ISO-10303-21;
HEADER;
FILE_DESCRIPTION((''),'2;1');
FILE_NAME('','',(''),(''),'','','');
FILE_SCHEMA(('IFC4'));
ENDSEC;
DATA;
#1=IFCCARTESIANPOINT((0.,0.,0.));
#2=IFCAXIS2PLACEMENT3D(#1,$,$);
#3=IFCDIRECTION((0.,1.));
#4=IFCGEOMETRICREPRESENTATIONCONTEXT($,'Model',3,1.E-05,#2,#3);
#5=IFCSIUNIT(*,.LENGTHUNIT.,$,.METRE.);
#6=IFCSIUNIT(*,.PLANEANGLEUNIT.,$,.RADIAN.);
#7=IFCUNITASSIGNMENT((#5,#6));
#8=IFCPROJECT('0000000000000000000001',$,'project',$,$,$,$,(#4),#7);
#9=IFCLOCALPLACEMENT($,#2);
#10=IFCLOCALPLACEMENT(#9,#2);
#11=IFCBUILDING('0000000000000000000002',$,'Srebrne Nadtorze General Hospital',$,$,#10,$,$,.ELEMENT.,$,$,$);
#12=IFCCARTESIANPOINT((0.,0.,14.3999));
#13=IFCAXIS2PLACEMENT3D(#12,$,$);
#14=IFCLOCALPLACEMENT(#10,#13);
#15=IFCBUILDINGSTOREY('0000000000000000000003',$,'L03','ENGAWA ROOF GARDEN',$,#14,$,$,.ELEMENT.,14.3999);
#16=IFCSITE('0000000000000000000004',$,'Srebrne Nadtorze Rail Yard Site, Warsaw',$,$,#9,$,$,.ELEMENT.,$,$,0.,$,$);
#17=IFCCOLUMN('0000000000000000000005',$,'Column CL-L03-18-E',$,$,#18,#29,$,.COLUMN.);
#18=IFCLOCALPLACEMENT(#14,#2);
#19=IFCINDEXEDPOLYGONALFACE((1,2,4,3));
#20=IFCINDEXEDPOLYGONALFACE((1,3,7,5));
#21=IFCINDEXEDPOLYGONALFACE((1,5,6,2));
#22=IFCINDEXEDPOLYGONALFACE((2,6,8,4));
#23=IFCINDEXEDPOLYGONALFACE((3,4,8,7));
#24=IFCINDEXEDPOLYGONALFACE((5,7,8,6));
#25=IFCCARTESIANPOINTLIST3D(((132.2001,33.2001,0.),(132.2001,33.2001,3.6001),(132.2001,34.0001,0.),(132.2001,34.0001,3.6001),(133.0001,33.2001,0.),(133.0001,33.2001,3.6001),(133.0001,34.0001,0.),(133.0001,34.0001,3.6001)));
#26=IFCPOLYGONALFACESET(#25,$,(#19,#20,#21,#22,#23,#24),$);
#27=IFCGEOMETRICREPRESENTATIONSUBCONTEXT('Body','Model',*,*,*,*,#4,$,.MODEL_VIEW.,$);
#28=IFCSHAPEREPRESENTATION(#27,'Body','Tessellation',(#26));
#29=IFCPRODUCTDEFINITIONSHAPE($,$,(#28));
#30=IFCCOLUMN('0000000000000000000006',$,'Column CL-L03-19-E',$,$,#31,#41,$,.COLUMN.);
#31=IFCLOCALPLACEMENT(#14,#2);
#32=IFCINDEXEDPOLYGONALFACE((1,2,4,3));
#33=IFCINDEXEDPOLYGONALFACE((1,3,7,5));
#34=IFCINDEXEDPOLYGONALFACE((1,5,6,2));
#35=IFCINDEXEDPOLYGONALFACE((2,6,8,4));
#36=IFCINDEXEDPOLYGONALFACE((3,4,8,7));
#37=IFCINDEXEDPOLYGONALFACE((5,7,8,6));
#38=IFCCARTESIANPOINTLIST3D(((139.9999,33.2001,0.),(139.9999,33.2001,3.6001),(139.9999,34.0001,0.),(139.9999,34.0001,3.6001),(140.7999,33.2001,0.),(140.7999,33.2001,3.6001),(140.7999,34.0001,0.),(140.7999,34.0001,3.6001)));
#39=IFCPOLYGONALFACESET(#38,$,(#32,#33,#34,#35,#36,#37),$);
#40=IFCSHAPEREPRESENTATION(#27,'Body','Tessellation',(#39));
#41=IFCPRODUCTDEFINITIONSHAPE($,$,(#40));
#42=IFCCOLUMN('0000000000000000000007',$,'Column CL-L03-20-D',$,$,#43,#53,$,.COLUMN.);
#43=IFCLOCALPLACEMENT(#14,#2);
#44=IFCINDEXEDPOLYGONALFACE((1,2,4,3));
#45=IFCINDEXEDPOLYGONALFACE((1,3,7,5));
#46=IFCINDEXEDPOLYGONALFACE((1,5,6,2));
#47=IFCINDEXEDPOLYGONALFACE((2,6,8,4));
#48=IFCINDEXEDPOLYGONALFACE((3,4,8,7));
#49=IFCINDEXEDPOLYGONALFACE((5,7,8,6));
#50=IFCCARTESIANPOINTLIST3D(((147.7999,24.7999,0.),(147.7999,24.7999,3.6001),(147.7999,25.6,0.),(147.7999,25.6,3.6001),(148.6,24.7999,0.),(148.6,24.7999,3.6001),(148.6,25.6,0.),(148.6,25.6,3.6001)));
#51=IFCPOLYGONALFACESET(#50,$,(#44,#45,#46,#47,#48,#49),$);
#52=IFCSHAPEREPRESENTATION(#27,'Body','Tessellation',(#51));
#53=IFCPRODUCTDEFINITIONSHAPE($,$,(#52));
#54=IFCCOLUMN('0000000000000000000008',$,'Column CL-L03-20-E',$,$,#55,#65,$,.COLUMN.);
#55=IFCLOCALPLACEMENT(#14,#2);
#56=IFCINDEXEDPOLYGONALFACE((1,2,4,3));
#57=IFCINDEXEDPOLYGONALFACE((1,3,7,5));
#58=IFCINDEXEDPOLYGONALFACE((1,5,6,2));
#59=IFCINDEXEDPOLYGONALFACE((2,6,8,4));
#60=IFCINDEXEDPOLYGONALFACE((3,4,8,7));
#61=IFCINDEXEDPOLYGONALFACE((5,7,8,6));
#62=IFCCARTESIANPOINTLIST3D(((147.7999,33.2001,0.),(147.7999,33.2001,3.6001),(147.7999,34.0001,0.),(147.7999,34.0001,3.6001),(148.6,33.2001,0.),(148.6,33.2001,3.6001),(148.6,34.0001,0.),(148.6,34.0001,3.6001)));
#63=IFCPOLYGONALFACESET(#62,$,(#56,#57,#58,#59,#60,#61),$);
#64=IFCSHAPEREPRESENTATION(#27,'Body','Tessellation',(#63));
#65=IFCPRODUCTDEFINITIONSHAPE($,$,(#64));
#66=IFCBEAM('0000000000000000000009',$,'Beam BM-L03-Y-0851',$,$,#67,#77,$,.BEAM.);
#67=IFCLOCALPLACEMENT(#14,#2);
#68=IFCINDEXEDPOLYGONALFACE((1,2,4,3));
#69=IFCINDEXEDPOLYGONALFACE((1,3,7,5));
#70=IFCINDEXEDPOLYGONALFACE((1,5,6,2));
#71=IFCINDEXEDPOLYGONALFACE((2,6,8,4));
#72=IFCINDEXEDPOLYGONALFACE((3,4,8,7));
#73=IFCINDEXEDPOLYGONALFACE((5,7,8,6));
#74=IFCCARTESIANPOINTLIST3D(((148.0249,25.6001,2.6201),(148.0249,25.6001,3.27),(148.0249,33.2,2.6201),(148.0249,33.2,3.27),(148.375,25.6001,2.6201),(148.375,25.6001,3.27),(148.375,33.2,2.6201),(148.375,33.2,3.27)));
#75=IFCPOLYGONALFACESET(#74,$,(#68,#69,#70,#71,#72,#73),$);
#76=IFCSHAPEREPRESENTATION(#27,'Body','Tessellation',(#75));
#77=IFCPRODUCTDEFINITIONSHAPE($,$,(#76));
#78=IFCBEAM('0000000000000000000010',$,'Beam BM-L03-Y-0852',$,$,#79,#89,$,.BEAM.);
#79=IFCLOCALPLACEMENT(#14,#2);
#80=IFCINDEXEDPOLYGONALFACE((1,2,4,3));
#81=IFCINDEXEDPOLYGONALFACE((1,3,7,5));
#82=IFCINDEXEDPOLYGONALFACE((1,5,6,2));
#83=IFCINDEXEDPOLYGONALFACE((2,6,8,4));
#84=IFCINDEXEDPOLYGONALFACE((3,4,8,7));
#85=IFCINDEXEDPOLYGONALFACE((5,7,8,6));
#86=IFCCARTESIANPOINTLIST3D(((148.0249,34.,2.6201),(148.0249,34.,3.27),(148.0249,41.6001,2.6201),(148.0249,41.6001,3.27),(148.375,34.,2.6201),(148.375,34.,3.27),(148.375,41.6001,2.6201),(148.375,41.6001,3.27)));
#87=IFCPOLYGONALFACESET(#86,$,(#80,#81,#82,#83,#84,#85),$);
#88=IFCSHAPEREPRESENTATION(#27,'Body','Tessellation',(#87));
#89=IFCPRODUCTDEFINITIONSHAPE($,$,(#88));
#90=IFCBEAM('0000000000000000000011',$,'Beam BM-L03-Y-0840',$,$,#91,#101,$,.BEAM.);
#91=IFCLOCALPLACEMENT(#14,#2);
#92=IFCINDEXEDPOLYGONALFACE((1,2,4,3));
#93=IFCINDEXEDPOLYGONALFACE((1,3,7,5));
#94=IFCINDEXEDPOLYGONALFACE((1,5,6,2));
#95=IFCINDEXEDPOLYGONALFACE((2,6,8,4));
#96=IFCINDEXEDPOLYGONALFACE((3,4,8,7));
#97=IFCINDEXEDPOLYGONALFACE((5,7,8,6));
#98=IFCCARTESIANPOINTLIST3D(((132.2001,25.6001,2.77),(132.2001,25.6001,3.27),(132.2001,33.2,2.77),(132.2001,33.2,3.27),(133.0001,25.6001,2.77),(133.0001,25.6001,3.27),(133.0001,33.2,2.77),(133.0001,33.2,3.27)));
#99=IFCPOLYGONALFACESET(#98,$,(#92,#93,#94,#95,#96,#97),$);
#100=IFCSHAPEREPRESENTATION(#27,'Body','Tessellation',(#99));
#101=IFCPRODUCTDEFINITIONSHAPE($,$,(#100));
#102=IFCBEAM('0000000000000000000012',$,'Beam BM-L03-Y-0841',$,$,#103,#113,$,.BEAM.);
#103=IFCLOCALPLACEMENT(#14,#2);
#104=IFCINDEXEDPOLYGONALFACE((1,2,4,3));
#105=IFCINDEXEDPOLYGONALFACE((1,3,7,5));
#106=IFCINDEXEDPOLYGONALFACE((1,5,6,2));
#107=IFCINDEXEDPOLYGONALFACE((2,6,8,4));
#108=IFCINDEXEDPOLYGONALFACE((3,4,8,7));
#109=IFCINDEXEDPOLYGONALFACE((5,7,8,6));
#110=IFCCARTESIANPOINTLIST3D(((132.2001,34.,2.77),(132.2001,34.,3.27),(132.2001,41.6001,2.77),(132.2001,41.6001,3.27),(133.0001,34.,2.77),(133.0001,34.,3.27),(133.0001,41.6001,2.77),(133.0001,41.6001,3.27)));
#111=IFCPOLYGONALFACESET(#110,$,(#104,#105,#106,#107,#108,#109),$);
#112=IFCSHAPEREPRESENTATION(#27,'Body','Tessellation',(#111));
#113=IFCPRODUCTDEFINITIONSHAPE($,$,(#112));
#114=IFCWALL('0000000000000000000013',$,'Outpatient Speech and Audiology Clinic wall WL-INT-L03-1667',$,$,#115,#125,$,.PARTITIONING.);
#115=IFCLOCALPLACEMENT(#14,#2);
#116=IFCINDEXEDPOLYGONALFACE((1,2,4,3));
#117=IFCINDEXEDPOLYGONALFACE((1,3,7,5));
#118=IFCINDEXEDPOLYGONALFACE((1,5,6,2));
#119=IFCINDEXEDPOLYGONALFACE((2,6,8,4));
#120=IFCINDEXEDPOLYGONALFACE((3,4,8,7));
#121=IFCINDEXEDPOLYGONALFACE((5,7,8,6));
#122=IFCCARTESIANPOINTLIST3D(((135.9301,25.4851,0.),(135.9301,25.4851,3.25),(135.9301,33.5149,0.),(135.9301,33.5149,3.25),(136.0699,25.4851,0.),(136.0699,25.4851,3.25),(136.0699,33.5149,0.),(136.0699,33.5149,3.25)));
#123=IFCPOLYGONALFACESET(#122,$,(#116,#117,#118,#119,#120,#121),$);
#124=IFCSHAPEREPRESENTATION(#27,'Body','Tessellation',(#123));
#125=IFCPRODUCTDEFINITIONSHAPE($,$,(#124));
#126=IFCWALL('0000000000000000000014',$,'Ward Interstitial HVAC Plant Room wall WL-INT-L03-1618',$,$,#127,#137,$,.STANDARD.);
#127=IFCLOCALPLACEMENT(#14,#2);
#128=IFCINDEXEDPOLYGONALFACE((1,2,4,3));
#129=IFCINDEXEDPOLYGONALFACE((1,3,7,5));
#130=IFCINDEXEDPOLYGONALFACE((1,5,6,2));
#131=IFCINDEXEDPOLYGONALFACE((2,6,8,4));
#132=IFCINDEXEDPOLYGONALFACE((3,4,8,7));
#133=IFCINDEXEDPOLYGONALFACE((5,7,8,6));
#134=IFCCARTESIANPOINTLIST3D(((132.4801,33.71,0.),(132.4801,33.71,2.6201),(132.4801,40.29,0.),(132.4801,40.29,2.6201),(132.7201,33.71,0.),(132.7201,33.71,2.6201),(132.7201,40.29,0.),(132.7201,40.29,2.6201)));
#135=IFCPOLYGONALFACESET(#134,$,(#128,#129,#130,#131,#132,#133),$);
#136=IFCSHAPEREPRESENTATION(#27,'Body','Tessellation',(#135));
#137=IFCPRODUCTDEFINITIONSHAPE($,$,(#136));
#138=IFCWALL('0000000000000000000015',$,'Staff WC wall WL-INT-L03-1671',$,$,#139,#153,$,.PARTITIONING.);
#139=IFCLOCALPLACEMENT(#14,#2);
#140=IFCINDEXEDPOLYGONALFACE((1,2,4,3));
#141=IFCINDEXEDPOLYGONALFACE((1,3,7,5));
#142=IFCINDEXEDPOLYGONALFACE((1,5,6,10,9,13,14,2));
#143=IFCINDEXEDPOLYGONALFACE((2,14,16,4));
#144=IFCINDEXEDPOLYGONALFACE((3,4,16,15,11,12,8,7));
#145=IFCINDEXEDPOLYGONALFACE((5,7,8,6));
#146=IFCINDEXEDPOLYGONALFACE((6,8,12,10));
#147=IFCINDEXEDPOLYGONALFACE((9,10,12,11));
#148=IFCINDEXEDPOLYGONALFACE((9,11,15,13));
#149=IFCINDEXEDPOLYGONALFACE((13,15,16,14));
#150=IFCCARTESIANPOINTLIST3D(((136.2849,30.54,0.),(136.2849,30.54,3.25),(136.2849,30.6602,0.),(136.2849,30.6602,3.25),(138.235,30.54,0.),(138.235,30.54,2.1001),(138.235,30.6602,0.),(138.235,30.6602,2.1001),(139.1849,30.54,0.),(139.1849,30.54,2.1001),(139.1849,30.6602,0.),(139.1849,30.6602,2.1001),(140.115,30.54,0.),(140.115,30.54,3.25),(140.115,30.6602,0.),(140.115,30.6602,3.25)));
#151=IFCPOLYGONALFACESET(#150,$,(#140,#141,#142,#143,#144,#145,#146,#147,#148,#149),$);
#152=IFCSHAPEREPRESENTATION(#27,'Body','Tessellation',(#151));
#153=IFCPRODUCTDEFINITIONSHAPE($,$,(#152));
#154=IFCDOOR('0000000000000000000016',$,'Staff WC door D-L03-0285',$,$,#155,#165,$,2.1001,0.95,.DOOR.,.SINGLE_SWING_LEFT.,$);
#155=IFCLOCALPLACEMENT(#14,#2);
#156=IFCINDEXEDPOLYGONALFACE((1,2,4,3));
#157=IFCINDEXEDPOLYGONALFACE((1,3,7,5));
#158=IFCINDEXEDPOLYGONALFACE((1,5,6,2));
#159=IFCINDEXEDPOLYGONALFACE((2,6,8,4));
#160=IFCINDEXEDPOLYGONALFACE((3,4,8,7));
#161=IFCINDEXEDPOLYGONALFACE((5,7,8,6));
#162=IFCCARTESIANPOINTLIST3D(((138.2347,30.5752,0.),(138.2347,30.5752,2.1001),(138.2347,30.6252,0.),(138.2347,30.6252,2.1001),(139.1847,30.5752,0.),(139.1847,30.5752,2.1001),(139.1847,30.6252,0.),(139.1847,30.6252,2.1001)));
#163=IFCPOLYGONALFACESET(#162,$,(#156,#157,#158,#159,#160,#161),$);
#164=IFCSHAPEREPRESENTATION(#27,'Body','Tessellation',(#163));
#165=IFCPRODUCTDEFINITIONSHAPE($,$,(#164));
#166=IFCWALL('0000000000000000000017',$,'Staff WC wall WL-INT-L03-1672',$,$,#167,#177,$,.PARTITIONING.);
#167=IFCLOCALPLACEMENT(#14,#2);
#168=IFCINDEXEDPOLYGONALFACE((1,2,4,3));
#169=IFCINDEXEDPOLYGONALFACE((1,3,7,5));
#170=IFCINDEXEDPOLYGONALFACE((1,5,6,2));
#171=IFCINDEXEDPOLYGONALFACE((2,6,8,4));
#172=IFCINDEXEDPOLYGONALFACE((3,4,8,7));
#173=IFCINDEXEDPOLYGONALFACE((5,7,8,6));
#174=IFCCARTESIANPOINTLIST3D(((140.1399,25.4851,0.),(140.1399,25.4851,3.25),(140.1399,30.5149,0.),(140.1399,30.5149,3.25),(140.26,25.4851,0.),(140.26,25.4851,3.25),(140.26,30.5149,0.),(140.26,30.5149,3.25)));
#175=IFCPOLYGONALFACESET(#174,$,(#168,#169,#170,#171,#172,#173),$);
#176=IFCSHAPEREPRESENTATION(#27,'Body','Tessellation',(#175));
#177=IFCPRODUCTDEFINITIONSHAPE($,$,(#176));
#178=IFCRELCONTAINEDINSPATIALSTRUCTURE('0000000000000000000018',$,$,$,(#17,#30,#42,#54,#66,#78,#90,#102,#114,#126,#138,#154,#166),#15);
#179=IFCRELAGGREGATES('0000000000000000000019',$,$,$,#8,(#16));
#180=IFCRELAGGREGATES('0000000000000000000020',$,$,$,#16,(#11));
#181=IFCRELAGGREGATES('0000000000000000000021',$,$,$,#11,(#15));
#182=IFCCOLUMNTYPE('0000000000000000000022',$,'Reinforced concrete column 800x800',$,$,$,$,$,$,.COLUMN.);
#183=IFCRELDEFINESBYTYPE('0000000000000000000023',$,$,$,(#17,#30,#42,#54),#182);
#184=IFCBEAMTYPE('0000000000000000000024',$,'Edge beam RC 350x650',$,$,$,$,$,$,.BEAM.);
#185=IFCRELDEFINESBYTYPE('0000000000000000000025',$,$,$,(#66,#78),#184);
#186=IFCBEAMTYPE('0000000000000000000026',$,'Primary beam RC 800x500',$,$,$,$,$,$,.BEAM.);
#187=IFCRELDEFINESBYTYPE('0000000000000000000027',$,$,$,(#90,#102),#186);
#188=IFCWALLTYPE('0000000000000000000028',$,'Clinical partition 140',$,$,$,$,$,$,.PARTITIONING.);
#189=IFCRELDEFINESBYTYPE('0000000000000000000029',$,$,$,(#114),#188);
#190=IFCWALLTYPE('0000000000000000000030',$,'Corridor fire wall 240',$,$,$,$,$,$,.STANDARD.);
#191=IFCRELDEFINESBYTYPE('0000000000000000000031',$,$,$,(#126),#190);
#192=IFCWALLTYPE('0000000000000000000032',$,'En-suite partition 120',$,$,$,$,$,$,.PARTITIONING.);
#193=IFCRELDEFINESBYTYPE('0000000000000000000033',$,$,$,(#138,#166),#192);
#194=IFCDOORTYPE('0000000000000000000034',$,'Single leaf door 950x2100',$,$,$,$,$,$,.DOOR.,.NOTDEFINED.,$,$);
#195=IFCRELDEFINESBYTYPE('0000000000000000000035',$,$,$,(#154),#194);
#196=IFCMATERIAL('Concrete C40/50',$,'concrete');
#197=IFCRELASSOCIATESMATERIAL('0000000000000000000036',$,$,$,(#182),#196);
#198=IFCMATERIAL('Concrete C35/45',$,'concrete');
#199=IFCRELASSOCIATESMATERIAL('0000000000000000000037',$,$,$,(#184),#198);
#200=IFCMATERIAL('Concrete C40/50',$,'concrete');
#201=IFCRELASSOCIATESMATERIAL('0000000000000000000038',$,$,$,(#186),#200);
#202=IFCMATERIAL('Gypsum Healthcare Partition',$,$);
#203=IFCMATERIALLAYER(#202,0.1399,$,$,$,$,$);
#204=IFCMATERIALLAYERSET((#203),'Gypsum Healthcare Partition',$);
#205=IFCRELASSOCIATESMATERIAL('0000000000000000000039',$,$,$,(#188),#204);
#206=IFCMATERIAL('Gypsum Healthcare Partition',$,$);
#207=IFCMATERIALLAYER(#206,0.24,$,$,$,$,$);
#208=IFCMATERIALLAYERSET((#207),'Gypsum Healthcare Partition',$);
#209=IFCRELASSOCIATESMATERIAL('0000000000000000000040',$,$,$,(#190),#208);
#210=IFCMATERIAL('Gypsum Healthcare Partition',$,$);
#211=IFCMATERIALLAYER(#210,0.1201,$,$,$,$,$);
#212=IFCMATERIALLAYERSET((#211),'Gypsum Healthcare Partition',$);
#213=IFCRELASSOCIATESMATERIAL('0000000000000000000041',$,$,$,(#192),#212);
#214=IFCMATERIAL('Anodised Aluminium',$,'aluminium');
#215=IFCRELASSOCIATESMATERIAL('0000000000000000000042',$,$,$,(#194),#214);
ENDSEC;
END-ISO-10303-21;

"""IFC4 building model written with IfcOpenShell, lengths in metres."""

from ifc_helpers import new_model, si_unit, direction, frame, frame_2d, origin, origin_2d, place, context, subcontext, project, spatial, rectangle, extrude, material, layer, layer_set, material_profile, profile_set, type_object, element, fill, save


model = new_model("IFC4")

# Units and contexts
model_context = context("Model", 3, precision=1e-05, world=origin(), true_north=direction((0.0, 1.0)))
body_context = subcontext(model_context, "Body", "Model", "MODEL_VIEW")
ifc_project = project(units=[si_unit("LENGTHUNIT", "METRE"), si_unit("PLANEANGLEUNIT", "RADIAN")], contexts=[model_context])

# Site, building, storey
site_placement = place(None, origin())
site = spatial("IfcSite", under=ifc_project, at=site_placement, Name="Srebrne Nadtorze Rail Yard Site, Warsaw", CompositionType="ELEMENT", RefElevation=0.0)
building_placement = place(site_placement, origin())
building = spatial("IfcBuilding", under=site, at=building_placement, Name="Srebrne Nadtorze General Hospital", CompositionType="ELEMENT")
storey_placement = place(building_placement, frame((0.0, 0.0, 14.3999)))
storey = spatial("IfcBuildingStorey", under=building, at=storey_placement, Name="L03", Description="ENGAWA ROOF GARDEN", CompositionType="ELEMENT", Elevation=14.3999)

# Columns
ifc_material_1 = material(Name="Concrete C40/50", Category="concrete")
ifc_material_profile_1 = material_profile(ifc_material_1, rectangle(XDim=0.8, YDim=0.8, at=origin_2d()), Name="RC-COL-800x800")
ifc_profile_set_1 = profile_set([ifc_material_profile_1], Name="Concrete C40/50")
column_type = type_object("IfcColumnType", Name="Reinforced concrete column 800x800", PredefinedType="COLUMN", material=ifc_profile_set_1)
for number, where, z_axis, x_axis, name in (
    (1, (132.6001, 33.6001, 0.0), (0.0, 0.0, 1.0), (1.0, 0.0, 0.0), "Column CL-L03-18-E"),
    (2, (140.3999, 33.6001, 0.0), (0.0, 0.0, 1.0), (1.0, 0.0, 0.0), "Column CL-L03-19-E"),
    (3, (148.2, 25.2, 0.0), (0.0, 0.0, 1.0), (1.0, 0.0, 0.0), "Column CL-L03-20-D"),
    (4, (148.2, 33.6001, 0.0), (0.0, 0.0, 1.0), (1.0, 0.0, 0.0), "Column CL-L03-20-E"),
):
    element("IfcColumn", number, at=place(storey_placement, frame(where, z_axis=z_axis, x_axis=x_axis)), inside=storey, type_object=column_type, Name=name, PredefinedType="COLUMN", context=body_context, shape_type="SweptSolid", body=[
        extrude(rectangle(XDim=0.8, YDim=0.8, at=origin_2d()), origin(), (0.0, 0.0, 1.0), 3.6001),
    ])

# Beams
ifc_material_2 = material(Name="Concrete C35/45", Category="concrete")
ifc_material_profile_2 = material_profile(ifc_material_2, rectangle(XDim=0.3501, YDim=0.6499, at=origin_2d()), Name="RC-BM-350x650")
ifc_profile_set_2 = profile_set([ifc_material_profile_2], Name="Concrete C35/45")
beam_type_1 = type_object("IfcBeamType", Name="Edge beam RC 350x650", PredefinedType="BEAM", material=ifc_profile_set_2)
beam_1_placement = place(storey_placement, frame((148.2, 25.6001, 2.9451), z_axis=(0.0, 1.0, 0.0), x_axis=(-1.0, 0.0, 0.0)))
element("IfcBeam", 5, at=beam_1_placement, inside=storey, type_object=beam_type_1, Name="Beam BM-L03-Y-0851", PredefinedType="BEAM", context=body_context, shape_type="SweptSolid", body=[
    extrude(rectangle(XDim=0.3501, YDim=0.6499, at=origin_2d()), origin(), (0.0, 0.0, 1.0), 7.5999),
])
beam_2_placement = place(storey_placement, frame((148.2, 34.0, 2.9451), z_axis=(0.0, 1.0, 0.0), x_axis=(-1.0, 0.0, 0.0)))
element("IfcBeam", 6, at=beam_2_placement, inside=storey, type_object=beam_type_1, Name="Beam BM-L03-Y-0852", PredefinedType="BEAM", context=body_context, shape_type="SweptSolid", body=[
    extrude(rectangle(XDim=0.3501, YDim=0.6499, at=origin_2d()), origin(), (0.0, 0.0, 1.0), 7.6001),
])
ifc_material_3 = material(Name="Concrete C40/50", Category="concrete")
ifc_material_profile_3 = material_profile(ifc_material_3, rectangle(XDim=0.8, YDim=0.5, at=origin_2d()), Name="RC-BM-800x500")
ifc_profile_set_3 = profile_set([ifc_material_profile_3], Name="Concrete C40/50")
beam_type_2 = type_object("IfcBeamType", Name="Primary beam RC 800x500", PredefinedType="BEAM", material=ifc_profile_set_3)
beam_3_placement = place(storey_placement, frame((132.6001, 25.6001, 3.02), z_axis=(0.0, 1.0, 0.0), x_axis=(-1.0, 0.0, 0.0)))
element("IfcBeam", 7, at=beam_3_placement, inside=storey, type_object=beam_type_2, Name="Beam BM-L03-Y-0840", PredefinedType="BEAM", context=body_context, shape_type="SweptSolid", body=[
    extrude(rectangle(XDim=0.8, YDim=0.5, at=origin_2d()), origin(), (0.0, 0.0, 1.0), 7.5999),
])
beam_4_placement = place(storey_placement, frame((132.6001, 34.0, 3.02), z_axis=(0.0, 1.0, 0.0), x_axis=(-1.0, 0.0, 0.0)))
element("IfcBeam", 8, at=beam_4_placement, inside=storey, type_object=beam_type_2, Name="Beam BM-L03-Y-0841", PredefinedType="BEAM", context=body_context, shape_type="SweptSolid", body=[
    extrude(rectangle(XDim=0.8, YDim=0.5, at=origin_2d()), origin(), (0.0, 0.0, 1.0), 7.6001),
])

# Walls
ifc_material_4 = material(Name="Gypsum Healthcare Partition")
ifc_layer_1 = layer(ifc_material_4, 0.1399)
ifc_layer_set_1 = layer_set([ifc_layer_1], Name="Gypsum Healthcare Partition")
wall_type_1 = type_object("IfcWallType", Name="Clinical partition 140", PredefinedType="PARTITIONING", material=ifc_layer_set_1)
wall_1_placement = place(storey_placement, frame((136.0, 25.4851, 0.0), z_axis=(0.0, 0.0, 1.0), x_axis=(0.0, 1.0, 0.0)))
element("IfcWall", 9, at=wall_1_placement, inside=storey, type_object=wall_type_1, Name="Outpatient Speech and Audiology Clinic wall WL-INT-L03-1667", PredefinedType="PARTITIONING", context=body_context, shape_type="SweptSolid", body=[
    extrude(rectangle(XDim=8.0298, YDim=0.1399, at=frame_2d((4.0149, 0.0))), origin(), (0.0, 0.0, 1.0), 3.25),
])
ifc_material_5 = material(Name="Gypsum Healthcare Partition")
ifc_layer_2 = layer(ifc_material_5, 0.24)
ifc_layer_set_2 = layer_set([ifc_layer_2], Name="Gypsum Healthcare Partition")
wall_type_2 = type_object("IfcWallType", Name="Corridor fire wall 240", PredefinedType="STANDARD", material=ifc_layer_set_2)
wall_2_placement = place(storey_placement, frame((132.6001, 33.71, 0.0), z_axis=(0.0, 0.0, 1.0), x_axis=(0.0, 1.0, 0.0)))
element("IfcWall", 10, at=wall_2_placement, inside=storey, type_object=wall_type_2, Name="Ward Interstitial HVAC Plant Room wall WL-INT-L03-1618", PredefinedType="STANDARD", context=body_context, shape_type="SweptSolid", body=[
    extrude(rectangle(XDim=6.5801, YDim=0.24, at=frame_2d((3.29, 0.0))), origin(), (0.0, 0.0, 1.0), 2.6201),
])

# Wall, opening, door
ifc_material_6 = material(Name="Gypsum Healthcare Partition")
ifc_layer_3 = layer(ifc_material_6, 0.1201)
ifc_layer_set_3 = layer_set([ifc_layer_3], Name="Gypsum Healthcare Partition")
wall_type_3 = type_object("IfcWallType", Name="En-suite partition 120", PredefinedType="PARTITIONING", material=ifc_layer_set_3)
wall_3_placement = place(storey_placement, frame((136.2849, 30.6001, 0.0), z_axis=(0.0, 0.0, 1.0), x_axis=(1.0, 0.0, 0.0)))
wall_3 = element("IfcWall", 11, at=wall_3_placement, inside=storey, type_object=wall_type_3, Name="Staff WC wall WL-INT-L03-1671", PredefinedType="PARTITIONING", context=body_context, shape_type="SweptSolid", body=[
    extrude(rectangle(XDim=3.8301, YDim=0.1201, at=frame_2d((1.915, 0.0))), origin(), (0.0, 0.0, 1.0), 3.25),
])
opening_1_placement = place(wall_3_placement, frame((1.95, 0.0, 0.0)))
opening_1 = element("IfcOpeningElement", 12, at=opening_1_placement, cuts=wall_3, PredefinedType="OPENING", context=body_context, shape_type="SweptSolid", body=[
    extrude(rectangle(XDim=0.95, YDim=2.1001, at=frame_2d((0.4751, 1.05))), frame((0.0, 0.072, 0.0), z_axis=(0.0, -1.0, 0.0), x_axis=(1.0, 0.0, 0.0)), (0.0, 0.0, 1.0), 0.144),
])
ifc_material_7 = material(Name="Anodised Aluminium", Category="aluminium")
door_type = type_object("IfcDoorType", Name="Single leaf door 950x2100", OperationType="NOTDEFINED", PredefinedType="DOOR", material=ifc_material_7)
door_placement = place(opening_1_placement, frame((0.95, 0.0, 0.0), z_axis=(0.0, 0.0, 1.0), x_axis=(-1.0, 0.0, 0.0)))
door = element("IfcDoor", 13, at=door_placement, inside=storey, type_object=door_type, Name="Staff WC door D-L03-0285", OperationType="SINGLE_SWING_LEFT", OverallHeight=2.1001, OverallWidth=0.95, PredefinedType="DOOR", context=body_context, shape_type="SweptSolid", body=[
    extrude(rectangle(XDim=0.95, YDim=2.1001, at=frame_2d((0.4751, 1.05))), frame((0.0, 0.0249, 0.0), z_axis=(0.0, -1.0, 0.0), x_axis=(1.0, 0.0, 0.0)), (0.0, 0.0, 1.0), 0.05),
])
fill(opening_1, door)

# Wall
wall_4_placement = place(storey_placement, frame((140.2, 25.4851, 0.0), z_axis=(0.0, 0.0, 1.0), x_axis=(0.0, 1.0, 0.0)))
element("IfcWall", 14, at=wall_4_placement, inside=storey, type_object=wall_type_3, Name="Staff WC wall WL-INT-L03-1672", PredefinedType="PARTITIONING", context=body_context, shape_type="SweptSolid", body=[
    extrude(rectangle(XDim=5.0298, YDim=0.1201, at=frame_2d((2.5149, 0.0))), origin(), (0.0, 0.0, 1.0), 3.25),
])

save(model, "model.ifc")
